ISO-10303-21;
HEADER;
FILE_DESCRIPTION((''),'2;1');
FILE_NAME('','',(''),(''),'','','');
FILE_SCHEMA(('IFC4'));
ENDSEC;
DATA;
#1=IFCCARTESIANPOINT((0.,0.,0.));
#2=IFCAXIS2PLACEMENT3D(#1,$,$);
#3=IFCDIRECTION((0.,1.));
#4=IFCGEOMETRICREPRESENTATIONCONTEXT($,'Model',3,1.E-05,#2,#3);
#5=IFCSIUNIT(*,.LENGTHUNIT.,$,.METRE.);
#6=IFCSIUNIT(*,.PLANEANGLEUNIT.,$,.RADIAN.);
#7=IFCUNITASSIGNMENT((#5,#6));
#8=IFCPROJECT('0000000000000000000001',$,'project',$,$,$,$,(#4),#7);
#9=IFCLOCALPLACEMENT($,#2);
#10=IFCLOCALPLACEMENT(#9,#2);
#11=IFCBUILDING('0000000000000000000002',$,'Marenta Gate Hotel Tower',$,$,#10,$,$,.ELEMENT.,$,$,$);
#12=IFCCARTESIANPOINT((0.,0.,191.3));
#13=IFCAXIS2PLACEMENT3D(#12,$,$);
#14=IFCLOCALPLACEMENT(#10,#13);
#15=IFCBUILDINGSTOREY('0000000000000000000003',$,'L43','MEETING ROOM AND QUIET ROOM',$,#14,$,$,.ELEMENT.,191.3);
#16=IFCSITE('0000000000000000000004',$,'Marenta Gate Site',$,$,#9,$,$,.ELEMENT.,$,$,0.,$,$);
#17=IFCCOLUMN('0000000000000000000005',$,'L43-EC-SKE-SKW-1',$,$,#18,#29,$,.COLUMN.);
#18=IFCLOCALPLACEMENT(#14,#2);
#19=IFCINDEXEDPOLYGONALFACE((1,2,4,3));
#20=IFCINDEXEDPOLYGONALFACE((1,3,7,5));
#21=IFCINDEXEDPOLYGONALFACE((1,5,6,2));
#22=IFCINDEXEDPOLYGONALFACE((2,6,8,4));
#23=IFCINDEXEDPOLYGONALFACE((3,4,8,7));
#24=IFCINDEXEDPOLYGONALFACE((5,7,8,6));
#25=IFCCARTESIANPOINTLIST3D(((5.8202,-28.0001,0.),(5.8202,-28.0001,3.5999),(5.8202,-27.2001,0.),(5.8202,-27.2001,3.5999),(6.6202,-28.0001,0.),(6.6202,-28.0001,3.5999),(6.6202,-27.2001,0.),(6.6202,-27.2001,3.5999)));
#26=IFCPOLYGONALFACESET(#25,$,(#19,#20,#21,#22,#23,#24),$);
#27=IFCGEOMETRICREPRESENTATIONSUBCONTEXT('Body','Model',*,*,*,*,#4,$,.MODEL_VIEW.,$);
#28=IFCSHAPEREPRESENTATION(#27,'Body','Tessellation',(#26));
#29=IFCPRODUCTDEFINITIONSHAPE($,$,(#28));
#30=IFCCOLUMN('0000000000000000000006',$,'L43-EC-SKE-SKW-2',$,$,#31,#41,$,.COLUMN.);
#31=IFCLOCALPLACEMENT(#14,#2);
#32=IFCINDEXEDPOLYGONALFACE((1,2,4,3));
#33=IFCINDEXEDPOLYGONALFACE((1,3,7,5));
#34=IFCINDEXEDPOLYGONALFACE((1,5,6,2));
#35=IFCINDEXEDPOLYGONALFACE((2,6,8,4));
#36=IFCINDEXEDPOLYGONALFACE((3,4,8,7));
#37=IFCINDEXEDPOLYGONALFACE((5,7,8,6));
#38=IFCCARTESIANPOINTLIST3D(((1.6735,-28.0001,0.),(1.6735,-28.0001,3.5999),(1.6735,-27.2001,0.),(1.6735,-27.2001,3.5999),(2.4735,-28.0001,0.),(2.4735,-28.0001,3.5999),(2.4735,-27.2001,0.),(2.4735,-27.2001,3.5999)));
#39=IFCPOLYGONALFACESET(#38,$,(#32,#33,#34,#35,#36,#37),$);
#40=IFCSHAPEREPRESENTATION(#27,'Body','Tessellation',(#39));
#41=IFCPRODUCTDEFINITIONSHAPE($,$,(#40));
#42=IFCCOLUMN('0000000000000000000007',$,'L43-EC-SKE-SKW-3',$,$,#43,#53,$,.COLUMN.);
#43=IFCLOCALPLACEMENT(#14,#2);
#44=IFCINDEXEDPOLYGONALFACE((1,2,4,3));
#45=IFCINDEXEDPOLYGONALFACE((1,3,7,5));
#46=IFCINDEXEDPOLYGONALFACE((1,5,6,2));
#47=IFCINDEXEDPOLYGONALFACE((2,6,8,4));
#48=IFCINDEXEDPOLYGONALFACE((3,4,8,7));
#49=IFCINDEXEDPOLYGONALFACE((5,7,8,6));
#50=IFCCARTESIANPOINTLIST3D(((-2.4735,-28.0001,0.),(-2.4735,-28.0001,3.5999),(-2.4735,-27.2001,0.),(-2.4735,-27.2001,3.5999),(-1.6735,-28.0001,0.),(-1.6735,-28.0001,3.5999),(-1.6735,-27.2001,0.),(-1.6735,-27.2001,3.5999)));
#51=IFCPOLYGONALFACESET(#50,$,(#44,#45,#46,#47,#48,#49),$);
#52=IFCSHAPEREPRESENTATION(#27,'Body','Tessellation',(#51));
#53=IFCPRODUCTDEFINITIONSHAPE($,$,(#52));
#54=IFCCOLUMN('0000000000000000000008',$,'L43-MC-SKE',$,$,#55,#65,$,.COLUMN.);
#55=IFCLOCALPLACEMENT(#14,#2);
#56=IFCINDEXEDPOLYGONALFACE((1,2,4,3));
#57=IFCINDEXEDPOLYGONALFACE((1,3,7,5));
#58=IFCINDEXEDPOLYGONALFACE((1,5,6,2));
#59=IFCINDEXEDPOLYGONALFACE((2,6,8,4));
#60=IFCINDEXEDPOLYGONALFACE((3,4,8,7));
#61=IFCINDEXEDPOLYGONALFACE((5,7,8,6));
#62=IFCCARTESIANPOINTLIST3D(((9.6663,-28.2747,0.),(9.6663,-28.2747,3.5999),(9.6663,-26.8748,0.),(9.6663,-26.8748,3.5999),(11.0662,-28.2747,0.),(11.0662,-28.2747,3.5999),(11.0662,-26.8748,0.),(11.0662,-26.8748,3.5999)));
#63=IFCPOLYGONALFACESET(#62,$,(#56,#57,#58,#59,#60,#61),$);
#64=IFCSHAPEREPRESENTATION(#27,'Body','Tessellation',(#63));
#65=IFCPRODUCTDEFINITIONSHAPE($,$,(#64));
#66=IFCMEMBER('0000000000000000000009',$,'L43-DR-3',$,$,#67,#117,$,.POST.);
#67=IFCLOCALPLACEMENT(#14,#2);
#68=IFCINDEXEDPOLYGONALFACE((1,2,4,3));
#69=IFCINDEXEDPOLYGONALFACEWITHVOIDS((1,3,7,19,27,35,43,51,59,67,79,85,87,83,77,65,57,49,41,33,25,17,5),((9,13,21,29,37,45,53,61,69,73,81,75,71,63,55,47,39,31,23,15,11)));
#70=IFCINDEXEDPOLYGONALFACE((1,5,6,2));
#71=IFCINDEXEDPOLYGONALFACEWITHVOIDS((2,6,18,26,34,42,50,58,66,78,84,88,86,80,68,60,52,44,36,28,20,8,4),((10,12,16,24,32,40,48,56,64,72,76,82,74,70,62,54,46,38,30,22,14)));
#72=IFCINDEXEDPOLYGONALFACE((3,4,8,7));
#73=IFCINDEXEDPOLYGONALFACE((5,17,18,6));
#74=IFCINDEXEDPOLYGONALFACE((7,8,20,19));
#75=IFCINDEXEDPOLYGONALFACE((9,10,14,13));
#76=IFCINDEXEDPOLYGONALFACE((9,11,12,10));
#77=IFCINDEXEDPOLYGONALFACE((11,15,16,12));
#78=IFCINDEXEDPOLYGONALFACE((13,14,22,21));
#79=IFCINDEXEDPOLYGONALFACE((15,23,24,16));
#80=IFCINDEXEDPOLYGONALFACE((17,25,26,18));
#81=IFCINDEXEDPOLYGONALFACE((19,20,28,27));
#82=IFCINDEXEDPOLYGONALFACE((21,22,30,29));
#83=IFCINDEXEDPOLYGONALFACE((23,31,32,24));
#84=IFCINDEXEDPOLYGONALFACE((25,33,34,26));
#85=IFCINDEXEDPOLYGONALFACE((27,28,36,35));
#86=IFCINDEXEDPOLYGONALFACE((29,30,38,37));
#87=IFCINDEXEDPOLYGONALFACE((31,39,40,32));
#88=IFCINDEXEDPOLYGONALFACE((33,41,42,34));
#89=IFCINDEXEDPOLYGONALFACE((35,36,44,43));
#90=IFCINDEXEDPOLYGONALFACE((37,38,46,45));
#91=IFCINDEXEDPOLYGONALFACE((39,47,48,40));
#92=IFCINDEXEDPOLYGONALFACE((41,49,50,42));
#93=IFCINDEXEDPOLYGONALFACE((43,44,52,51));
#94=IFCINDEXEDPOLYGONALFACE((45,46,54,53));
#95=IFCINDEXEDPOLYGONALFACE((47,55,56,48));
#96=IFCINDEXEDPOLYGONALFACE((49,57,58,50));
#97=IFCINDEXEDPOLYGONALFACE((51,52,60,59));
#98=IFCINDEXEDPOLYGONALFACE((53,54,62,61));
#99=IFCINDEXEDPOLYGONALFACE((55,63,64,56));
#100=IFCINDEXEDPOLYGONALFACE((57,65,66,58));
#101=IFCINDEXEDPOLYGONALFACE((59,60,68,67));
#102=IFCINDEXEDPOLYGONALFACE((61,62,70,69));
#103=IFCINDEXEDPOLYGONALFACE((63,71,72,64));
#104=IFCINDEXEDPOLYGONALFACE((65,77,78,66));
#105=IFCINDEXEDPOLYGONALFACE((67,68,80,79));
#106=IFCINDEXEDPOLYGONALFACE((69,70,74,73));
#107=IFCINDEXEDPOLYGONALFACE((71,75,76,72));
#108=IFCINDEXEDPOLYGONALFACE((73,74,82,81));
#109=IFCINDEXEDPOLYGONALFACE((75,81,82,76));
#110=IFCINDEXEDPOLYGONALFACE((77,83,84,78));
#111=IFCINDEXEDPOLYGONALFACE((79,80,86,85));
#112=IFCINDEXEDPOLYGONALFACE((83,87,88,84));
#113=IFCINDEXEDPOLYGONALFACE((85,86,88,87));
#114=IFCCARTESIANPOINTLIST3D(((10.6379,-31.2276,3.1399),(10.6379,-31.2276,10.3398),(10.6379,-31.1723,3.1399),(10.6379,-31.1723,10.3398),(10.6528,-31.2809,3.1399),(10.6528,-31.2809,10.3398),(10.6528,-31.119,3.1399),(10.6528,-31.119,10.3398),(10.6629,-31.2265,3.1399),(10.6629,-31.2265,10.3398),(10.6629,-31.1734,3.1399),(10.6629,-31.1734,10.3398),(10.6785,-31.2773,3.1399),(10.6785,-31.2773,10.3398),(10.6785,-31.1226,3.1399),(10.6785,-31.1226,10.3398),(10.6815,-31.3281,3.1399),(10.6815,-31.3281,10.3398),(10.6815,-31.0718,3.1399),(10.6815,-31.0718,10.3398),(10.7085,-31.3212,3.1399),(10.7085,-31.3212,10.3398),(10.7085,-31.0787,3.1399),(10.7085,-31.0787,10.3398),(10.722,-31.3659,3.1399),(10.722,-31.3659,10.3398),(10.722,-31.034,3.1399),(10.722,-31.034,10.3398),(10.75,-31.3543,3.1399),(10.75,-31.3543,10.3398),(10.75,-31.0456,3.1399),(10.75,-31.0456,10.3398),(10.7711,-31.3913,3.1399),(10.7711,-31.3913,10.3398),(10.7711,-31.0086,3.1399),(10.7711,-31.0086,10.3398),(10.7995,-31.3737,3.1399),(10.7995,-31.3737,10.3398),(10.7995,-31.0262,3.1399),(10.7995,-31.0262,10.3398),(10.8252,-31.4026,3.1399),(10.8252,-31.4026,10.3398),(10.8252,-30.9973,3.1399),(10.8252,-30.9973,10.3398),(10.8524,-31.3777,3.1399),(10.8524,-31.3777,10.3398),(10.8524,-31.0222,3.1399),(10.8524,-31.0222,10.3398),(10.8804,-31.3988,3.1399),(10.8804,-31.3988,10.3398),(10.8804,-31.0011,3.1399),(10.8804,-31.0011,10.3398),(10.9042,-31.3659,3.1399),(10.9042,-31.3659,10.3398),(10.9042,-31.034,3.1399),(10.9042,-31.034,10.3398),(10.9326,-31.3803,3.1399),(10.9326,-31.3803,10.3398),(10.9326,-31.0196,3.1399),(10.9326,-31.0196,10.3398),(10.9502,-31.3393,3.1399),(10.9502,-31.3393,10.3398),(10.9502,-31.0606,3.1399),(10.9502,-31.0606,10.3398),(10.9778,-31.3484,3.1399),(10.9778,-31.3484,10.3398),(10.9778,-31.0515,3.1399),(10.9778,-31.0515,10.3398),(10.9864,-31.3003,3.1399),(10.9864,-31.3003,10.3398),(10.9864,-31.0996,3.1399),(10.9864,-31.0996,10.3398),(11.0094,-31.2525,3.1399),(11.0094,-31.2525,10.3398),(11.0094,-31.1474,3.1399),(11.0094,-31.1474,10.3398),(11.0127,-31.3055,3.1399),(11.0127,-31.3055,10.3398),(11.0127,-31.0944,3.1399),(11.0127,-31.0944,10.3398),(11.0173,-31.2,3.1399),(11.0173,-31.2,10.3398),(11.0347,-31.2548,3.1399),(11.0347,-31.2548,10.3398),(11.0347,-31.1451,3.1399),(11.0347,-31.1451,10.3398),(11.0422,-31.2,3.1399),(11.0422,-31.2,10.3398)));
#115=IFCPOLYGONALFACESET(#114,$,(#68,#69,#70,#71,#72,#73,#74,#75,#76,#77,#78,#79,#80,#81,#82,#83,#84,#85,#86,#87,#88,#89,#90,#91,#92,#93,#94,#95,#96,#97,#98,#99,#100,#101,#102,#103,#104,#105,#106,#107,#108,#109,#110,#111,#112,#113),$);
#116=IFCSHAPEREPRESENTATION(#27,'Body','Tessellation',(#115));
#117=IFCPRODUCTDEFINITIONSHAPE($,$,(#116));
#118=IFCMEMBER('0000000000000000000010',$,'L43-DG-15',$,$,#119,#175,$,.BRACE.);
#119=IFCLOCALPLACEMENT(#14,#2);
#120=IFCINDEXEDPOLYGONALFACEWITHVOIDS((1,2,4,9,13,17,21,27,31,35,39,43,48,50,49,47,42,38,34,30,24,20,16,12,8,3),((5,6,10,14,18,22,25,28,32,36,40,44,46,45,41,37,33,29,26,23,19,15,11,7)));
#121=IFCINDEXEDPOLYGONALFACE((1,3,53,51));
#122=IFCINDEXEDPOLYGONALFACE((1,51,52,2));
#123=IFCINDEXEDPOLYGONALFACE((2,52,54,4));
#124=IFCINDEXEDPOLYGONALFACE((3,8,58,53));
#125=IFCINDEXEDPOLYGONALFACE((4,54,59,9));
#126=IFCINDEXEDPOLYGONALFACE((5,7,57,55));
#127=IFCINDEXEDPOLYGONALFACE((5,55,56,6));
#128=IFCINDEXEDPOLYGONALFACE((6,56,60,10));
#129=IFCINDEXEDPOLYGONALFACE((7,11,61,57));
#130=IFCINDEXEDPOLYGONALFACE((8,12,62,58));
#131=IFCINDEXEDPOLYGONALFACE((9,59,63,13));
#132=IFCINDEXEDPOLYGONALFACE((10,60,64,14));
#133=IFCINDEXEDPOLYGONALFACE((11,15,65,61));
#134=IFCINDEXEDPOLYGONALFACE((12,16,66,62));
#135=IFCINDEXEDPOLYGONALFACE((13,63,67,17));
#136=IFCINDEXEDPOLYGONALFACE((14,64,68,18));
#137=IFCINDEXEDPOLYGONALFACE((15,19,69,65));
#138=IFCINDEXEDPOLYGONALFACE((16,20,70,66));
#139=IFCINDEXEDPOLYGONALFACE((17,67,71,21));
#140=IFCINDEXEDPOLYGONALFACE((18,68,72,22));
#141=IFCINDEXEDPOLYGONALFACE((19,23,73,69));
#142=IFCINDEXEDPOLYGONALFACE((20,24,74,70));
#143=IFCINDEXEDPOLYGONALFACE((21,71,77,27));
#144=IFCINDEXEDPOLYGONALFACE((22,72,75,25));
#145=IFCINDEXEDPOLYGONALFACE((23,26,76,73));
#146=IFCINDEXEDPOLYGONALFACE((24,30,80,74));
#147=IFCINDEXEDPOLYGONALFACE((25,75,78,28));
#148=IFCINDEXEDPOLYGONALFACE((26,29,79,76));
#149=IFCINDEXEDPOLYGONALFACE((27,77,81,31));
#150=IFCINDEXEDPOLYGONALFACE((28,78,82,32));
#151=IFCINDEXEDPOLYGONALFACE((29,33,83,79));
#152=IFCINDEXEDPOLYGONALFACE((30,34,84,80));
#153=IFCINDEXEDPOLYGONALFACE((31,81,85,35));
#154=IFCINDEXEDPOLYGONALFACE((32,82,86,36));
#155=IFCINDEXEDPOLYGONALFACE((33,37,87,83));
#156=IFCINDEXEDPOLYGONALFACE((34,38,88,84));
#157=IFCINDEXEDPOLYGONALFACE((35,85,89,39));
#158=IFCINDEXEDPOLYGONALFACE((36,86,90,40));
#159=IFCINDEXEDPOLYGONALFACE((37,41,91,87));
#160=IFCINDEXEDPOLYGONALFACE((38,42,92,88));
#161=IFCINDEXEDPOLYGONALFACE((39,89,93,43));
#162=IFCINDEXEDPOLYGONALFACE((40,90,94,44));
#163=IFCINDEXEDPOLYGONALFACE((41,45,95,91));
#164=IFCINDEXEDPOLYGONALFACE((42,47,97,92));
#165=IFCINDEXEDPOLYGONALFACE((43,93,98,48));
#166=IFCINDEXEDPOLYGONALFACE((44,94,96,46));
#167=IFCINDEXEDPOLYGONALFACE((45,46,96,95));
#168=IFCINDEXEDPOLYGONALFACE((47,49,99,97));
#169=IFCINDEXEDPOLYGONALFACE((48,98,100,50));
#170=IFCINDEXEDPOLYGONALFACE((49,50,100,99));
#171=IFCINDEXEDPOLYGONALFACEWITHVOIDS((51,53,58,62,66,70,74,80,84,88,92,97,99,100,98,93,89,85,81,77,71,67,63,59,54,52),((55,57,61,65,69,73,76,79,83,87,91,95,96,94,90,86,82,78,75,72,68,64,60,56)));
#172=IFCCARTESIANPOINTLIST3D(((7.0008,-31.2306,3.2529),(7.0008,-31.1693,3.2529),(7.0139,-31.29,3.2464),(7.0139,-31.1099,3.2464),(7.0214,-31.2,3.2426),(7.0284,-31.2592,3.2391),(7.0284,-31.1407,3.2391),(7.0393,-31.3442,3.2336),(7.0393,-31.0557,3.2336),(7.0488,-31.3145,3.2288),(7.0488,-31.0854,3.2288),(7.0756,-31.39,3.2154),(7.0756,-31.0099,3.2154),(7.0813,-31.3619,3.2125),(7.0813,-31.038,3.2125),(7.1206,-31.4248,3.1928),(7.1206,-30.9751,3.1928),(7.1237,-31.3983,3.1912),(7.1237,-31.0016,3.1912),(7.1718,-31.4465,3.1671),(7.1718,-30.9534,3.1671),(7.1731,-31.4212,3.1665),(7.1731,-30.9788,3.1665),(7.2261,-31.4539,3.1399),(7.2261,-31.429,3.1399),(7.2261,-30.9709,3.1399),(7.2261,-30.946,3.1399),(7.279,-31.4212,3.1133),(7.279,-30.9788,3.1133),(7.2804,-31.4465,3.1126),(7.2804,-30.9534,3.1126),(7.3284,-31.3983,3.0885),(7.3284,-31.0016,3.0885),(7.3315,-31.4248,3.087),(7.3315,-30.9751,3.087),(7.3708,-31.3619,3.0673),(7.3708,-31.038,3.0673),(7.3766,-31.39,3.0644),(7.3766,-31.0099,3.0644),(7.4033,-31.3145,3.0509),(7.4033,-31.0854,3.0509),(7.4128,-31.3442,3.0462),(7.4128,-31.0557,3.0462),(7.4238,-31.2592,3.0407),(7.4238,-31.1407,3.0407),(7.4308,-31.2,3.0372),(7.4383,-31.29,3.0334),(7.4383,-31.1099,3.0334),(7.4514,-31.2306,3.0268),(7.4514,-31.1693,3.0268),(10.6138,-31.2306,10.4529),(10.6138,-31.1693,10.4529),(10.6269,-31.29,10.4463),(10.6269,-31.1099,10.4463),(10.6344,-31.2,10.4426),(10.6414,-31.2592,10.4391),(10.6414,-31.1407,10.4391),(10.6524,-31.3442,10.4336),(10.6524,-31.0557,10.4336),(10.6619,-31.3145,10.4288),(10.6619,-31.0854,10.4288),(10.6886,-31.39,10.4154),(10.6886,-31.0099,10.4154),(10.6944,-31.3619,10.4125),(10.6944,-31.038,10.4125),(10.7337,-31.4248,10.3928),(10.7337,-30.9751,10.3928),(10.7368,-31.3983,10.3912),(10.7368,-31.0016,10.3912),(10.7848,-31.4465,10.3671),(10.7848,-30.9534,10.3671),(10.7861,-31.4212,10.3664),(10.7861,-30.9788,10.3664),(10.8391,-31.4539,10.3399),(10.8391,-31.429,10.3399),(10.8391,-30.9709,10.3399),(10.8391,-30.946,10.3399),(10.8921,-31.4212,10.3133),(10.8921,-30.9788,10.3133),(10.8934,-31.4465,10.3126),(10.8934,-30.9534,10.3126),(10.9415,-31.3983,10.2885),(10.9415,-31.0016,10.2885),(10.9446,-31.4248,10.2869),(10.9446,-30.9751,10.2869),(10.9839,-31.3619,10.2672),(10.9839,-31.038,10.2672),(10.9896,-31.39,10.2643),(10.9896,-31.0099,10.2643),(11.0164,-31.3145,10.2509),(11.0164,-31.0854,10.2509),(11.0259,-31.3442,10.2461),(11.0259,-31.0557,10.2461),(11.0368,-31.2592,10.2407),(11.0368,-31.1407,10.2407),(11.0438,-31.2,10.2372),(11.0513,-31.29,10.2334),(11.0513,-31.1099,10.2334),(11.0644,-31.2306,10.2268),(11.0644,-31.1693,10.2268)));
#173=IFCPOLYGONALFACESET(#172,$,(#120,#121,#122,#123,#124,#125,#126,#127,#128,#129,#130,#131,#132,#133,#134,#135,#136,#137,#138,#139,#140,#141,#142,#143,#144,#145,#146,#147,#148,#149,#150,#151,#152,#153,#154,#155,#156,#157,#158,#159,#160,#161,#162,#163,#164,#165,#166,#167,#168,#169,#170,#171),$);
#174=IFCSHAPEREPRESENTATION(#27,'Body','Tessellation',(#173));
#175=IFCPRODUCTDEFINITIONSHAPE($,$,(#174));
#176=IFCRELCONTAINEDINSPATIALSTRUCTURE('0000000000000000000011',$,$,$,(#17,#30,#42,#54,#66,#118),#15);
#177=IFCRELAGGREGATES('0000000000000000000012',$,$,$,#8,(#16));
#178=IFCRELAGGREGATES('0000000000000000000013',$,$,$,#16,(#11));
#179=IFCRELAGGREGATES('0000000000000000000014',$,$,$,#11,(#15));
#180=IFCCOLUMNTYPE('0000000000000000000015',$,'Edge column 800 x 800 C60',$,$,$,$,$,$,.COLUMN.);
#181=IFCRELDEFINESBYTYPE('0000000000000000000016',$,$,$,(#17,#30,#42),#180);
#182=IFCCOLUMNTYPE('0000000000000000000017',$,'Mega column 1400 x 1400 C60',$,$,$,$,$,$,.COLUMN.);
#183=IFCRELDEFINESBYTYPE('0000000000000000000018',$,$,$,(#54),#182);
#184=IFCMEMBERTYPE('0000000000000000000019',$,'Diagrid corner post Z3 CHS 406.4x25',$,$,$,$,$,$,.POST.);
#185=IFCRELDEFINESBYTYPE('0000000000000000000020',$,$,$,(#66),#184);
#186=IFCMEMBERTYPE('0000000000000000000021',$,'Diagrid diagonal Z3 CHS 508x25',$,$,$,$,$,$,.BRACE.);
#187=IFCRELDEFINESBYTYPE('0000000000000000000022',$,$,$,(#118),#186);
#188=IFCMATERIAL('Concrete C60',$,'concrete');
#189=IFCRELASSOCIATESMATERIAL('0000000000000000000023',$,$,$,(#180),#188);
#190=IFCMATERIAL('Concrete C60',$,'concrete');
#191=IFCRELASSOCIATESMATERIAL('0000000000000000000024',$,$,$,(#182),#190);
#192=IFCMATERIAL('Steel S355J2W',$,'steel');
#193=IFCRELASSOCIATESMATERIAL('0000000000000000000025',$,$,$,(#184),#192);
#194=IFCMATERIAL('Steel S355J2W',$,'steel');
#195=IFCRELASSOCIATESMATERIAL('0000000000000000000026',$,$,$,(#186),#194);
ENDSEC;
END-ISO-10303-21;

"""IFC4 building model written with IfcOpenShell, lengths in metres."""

from ifc_helpers import new_model, si_unit, direction, frame, origin, origin_2d, place, context, subcontext, project, spatial, rectangle, hollow_circle, extrude, material, material_profile, profile_set, type_object, element, save


model = new_model("IFC4")

# Units and contexts
model_context = context("Model", 3, precision=1e-05, world=origin(), true_north=direction((0.0, 1.0)))
body_context = subcontext(model_context, "Body", "Model", "MODEL_VIEW")
ifc_project = project(units=[si_unit("LENGTHUNIT", "METRE"), si_unit("PLANEANGLEUNIT", "RADIAN")], contexts=[model_context])

# Site, building, storey
site_placement = place(None, origin())
site = spatial("IfcSite", under=ifc_project, at=site_placement, Name="Marenta Gate Site", CompositionType="ELEMENT", RefElevation=0.0)
building_placement = place(site_placement, origin())
building = spatial("IfcBuilding", under=site, at=building_placement, Name="Marenta Gate Hotel Tower", CompositionType="ELEMENT")
storey_placement = place(building_placement, frame((0.0, 0.0, 191.3)))
storey = spatial("IfcBuildingStorey", under=building, at=storey_placement, Name="L43", Description="MEETING ROOM AND QUIET ROOM", CompositionType="ELEMENT", Elevation=191.3)

# Columns
ifc_material_1 = material(Name="Concrete C60", Category="concrete")
ifc_material_profile_1 = material_profile(ifc_material_1, rectangle(XDim=0.8, YDim=0.8, at=origin_2d()), Name="800 x 800")
ifc_profile_set_1 = profile_set([ifc_material_profile_1], Name="Concrete C60")
column_type_1 = type_object("IfcColumnType", Name="Edge column 800 x 800 C60", PredefinedType="COLUMN", material=ifc_profile_set_1)
for number, where, z_axis, x_axis, name in (
    (1, (6.2202, -27.6001, 0.0), (0.0, 0.0, 1.0), (1.0, 0.0, 0.0), "L43-EC-SKE-SKW-1"),
    (2, (2.0735, -27.6001, 0.0), (0.0, 0.0, 1.0), (1.0, 0.0, 0.0), "L43-EC-SKE-SKW-2"),
    (3, (-2.0735, -27.6001, 0.0), (0.0, 0.0, 1.0), (1.0, 0.0, 0.0), "L43-EC-SKE-SKW-3"),
):
    element("IfcColumn", number, at=place(storey_placement, frame(where, z_axis=z_axis, x_axis=x_axis)), inside=storey, type_object=column_type_1, Name=name, PredefinedType="COLUMN", context=body_context, shape_type="SweptSolid", body=[
        extrude(rectangle(XDim=0.8, YDim=0.8, at=origin_2d()), origin(), (0.0, 0.0, 1.0), 3.5999),
    ])
ifc_material_2 = material(Name="Concrete C60", Category="concrete")
ifc_material_profile_2 = material_profile(ifc_material_2, rectangle(XDim=1.3999, YDim=1.3999, at=origin_2d()), Name="1400 x 1400")
ifc_profile_set_2 = profile_set([ifc_material_profile_2], Name="Concrete C60")
column_type_2 = type_object("IfcColumnType", Name="Mega column 1400 x 1400 C60", PredefinedType="COLUMN", material=ifc_profile_set_2)
column_placement = place(storey_placement, frame((10.3662, -27.5747, 0.0), z_axis=(0.0, 0.0, 1.0), x_axis=(1.0, 0.0, 0.0)))
element("IfcColumn", 4, at=column_placement, inside=storey, type_object=column_type_2, Name="L43-MC-SKE", PredefinedType="COLUMN", context=body_context, shape_type="SweptSolid", body=[
    extrude(rectangle(XDim=1.3999, YDim=1.3999, at=origin_2d()), origin(), (0.0, 0.0, 1.0), 3.5999),
])

# Members
ifc_material_3 = material(Name="Steel S355J2W", Category="steel")
ifc_material_profile_3 = material_profile(ifc_material_3, hollow_circle(Radius=0.2031, WallThickness=0.0249, at=origin_2d()), Name="CHS 406.4x25")
ifc_profile_set_3 = profile_set([ifc_material_profile_3], Name="Steel S355J2W")
member_type_1 = type_object("IfcMemberType", Name="Diagrid corner post Z3 CHS 406.4x25", PredefinedType="POST", material=ifc_profile_set_3)
member_1_placement = place(storey_placement, frame((10.8391, -31.2, 3.1399), z_axis=(0.0, 0.0, 1.0), x_axis=(1.0, 0.0, 0.0)))
element("IfcMember", 5, at=member_1_placement, inside=storey, type_object=member_type_1, Name="L43-DR-3", PredefinedType="POST", context=body_context, shape_type="SweptSolid", body=[
    extrude(hollow_circle(Radius=0.2031, WallThickness=0.0249, at=origin_2d()), origin(), (0.0, 0.0, 1.0), 7.2),
])
ifc_material_4 = material(Name="Steel S355J2W", Category="steel")
ifc_material_profile_4 = material_profile(ifc_material_4, hollow_circle(Radius=0.2539, WallThickness=0.0249, at=origin_2d()), Name="CHS 508x25")
ifc_profile_set_4 = profile_set([ifc_material_profile_4], Name="Steel S355J2W")
member_type_2 = type_object("IfcMemberType", Name="Diagrid diagonal Z3 CHS 508x25", PredefinedType="BRACE", material=ifc_profile_set_4)
for number, where, z_axis, x_axis, name in (
    (6, (7.2261, -31.2, 3.1399), (0.44851, 0.0, 0.893778), (0.0, 1.0, 0.0), "L43-DG-15"),
):
    element("IfcMember", number, at=place(storey_placement, frame(where, z_axis=z_axis, x_axis=x_axis)), inside=storey, type_object=member_type_2, Name=name, PredefinedType="BRACE", context=body_context, shape_type="SweptSolid", body=[
        extrude(hollow_circle(Radius=0.2539, WallThickness=0.0249, at=origin_2d()), origin(), (0.0, 0.0, 1.0), 8.0557),
    ])

save(model, "model.ifc")
